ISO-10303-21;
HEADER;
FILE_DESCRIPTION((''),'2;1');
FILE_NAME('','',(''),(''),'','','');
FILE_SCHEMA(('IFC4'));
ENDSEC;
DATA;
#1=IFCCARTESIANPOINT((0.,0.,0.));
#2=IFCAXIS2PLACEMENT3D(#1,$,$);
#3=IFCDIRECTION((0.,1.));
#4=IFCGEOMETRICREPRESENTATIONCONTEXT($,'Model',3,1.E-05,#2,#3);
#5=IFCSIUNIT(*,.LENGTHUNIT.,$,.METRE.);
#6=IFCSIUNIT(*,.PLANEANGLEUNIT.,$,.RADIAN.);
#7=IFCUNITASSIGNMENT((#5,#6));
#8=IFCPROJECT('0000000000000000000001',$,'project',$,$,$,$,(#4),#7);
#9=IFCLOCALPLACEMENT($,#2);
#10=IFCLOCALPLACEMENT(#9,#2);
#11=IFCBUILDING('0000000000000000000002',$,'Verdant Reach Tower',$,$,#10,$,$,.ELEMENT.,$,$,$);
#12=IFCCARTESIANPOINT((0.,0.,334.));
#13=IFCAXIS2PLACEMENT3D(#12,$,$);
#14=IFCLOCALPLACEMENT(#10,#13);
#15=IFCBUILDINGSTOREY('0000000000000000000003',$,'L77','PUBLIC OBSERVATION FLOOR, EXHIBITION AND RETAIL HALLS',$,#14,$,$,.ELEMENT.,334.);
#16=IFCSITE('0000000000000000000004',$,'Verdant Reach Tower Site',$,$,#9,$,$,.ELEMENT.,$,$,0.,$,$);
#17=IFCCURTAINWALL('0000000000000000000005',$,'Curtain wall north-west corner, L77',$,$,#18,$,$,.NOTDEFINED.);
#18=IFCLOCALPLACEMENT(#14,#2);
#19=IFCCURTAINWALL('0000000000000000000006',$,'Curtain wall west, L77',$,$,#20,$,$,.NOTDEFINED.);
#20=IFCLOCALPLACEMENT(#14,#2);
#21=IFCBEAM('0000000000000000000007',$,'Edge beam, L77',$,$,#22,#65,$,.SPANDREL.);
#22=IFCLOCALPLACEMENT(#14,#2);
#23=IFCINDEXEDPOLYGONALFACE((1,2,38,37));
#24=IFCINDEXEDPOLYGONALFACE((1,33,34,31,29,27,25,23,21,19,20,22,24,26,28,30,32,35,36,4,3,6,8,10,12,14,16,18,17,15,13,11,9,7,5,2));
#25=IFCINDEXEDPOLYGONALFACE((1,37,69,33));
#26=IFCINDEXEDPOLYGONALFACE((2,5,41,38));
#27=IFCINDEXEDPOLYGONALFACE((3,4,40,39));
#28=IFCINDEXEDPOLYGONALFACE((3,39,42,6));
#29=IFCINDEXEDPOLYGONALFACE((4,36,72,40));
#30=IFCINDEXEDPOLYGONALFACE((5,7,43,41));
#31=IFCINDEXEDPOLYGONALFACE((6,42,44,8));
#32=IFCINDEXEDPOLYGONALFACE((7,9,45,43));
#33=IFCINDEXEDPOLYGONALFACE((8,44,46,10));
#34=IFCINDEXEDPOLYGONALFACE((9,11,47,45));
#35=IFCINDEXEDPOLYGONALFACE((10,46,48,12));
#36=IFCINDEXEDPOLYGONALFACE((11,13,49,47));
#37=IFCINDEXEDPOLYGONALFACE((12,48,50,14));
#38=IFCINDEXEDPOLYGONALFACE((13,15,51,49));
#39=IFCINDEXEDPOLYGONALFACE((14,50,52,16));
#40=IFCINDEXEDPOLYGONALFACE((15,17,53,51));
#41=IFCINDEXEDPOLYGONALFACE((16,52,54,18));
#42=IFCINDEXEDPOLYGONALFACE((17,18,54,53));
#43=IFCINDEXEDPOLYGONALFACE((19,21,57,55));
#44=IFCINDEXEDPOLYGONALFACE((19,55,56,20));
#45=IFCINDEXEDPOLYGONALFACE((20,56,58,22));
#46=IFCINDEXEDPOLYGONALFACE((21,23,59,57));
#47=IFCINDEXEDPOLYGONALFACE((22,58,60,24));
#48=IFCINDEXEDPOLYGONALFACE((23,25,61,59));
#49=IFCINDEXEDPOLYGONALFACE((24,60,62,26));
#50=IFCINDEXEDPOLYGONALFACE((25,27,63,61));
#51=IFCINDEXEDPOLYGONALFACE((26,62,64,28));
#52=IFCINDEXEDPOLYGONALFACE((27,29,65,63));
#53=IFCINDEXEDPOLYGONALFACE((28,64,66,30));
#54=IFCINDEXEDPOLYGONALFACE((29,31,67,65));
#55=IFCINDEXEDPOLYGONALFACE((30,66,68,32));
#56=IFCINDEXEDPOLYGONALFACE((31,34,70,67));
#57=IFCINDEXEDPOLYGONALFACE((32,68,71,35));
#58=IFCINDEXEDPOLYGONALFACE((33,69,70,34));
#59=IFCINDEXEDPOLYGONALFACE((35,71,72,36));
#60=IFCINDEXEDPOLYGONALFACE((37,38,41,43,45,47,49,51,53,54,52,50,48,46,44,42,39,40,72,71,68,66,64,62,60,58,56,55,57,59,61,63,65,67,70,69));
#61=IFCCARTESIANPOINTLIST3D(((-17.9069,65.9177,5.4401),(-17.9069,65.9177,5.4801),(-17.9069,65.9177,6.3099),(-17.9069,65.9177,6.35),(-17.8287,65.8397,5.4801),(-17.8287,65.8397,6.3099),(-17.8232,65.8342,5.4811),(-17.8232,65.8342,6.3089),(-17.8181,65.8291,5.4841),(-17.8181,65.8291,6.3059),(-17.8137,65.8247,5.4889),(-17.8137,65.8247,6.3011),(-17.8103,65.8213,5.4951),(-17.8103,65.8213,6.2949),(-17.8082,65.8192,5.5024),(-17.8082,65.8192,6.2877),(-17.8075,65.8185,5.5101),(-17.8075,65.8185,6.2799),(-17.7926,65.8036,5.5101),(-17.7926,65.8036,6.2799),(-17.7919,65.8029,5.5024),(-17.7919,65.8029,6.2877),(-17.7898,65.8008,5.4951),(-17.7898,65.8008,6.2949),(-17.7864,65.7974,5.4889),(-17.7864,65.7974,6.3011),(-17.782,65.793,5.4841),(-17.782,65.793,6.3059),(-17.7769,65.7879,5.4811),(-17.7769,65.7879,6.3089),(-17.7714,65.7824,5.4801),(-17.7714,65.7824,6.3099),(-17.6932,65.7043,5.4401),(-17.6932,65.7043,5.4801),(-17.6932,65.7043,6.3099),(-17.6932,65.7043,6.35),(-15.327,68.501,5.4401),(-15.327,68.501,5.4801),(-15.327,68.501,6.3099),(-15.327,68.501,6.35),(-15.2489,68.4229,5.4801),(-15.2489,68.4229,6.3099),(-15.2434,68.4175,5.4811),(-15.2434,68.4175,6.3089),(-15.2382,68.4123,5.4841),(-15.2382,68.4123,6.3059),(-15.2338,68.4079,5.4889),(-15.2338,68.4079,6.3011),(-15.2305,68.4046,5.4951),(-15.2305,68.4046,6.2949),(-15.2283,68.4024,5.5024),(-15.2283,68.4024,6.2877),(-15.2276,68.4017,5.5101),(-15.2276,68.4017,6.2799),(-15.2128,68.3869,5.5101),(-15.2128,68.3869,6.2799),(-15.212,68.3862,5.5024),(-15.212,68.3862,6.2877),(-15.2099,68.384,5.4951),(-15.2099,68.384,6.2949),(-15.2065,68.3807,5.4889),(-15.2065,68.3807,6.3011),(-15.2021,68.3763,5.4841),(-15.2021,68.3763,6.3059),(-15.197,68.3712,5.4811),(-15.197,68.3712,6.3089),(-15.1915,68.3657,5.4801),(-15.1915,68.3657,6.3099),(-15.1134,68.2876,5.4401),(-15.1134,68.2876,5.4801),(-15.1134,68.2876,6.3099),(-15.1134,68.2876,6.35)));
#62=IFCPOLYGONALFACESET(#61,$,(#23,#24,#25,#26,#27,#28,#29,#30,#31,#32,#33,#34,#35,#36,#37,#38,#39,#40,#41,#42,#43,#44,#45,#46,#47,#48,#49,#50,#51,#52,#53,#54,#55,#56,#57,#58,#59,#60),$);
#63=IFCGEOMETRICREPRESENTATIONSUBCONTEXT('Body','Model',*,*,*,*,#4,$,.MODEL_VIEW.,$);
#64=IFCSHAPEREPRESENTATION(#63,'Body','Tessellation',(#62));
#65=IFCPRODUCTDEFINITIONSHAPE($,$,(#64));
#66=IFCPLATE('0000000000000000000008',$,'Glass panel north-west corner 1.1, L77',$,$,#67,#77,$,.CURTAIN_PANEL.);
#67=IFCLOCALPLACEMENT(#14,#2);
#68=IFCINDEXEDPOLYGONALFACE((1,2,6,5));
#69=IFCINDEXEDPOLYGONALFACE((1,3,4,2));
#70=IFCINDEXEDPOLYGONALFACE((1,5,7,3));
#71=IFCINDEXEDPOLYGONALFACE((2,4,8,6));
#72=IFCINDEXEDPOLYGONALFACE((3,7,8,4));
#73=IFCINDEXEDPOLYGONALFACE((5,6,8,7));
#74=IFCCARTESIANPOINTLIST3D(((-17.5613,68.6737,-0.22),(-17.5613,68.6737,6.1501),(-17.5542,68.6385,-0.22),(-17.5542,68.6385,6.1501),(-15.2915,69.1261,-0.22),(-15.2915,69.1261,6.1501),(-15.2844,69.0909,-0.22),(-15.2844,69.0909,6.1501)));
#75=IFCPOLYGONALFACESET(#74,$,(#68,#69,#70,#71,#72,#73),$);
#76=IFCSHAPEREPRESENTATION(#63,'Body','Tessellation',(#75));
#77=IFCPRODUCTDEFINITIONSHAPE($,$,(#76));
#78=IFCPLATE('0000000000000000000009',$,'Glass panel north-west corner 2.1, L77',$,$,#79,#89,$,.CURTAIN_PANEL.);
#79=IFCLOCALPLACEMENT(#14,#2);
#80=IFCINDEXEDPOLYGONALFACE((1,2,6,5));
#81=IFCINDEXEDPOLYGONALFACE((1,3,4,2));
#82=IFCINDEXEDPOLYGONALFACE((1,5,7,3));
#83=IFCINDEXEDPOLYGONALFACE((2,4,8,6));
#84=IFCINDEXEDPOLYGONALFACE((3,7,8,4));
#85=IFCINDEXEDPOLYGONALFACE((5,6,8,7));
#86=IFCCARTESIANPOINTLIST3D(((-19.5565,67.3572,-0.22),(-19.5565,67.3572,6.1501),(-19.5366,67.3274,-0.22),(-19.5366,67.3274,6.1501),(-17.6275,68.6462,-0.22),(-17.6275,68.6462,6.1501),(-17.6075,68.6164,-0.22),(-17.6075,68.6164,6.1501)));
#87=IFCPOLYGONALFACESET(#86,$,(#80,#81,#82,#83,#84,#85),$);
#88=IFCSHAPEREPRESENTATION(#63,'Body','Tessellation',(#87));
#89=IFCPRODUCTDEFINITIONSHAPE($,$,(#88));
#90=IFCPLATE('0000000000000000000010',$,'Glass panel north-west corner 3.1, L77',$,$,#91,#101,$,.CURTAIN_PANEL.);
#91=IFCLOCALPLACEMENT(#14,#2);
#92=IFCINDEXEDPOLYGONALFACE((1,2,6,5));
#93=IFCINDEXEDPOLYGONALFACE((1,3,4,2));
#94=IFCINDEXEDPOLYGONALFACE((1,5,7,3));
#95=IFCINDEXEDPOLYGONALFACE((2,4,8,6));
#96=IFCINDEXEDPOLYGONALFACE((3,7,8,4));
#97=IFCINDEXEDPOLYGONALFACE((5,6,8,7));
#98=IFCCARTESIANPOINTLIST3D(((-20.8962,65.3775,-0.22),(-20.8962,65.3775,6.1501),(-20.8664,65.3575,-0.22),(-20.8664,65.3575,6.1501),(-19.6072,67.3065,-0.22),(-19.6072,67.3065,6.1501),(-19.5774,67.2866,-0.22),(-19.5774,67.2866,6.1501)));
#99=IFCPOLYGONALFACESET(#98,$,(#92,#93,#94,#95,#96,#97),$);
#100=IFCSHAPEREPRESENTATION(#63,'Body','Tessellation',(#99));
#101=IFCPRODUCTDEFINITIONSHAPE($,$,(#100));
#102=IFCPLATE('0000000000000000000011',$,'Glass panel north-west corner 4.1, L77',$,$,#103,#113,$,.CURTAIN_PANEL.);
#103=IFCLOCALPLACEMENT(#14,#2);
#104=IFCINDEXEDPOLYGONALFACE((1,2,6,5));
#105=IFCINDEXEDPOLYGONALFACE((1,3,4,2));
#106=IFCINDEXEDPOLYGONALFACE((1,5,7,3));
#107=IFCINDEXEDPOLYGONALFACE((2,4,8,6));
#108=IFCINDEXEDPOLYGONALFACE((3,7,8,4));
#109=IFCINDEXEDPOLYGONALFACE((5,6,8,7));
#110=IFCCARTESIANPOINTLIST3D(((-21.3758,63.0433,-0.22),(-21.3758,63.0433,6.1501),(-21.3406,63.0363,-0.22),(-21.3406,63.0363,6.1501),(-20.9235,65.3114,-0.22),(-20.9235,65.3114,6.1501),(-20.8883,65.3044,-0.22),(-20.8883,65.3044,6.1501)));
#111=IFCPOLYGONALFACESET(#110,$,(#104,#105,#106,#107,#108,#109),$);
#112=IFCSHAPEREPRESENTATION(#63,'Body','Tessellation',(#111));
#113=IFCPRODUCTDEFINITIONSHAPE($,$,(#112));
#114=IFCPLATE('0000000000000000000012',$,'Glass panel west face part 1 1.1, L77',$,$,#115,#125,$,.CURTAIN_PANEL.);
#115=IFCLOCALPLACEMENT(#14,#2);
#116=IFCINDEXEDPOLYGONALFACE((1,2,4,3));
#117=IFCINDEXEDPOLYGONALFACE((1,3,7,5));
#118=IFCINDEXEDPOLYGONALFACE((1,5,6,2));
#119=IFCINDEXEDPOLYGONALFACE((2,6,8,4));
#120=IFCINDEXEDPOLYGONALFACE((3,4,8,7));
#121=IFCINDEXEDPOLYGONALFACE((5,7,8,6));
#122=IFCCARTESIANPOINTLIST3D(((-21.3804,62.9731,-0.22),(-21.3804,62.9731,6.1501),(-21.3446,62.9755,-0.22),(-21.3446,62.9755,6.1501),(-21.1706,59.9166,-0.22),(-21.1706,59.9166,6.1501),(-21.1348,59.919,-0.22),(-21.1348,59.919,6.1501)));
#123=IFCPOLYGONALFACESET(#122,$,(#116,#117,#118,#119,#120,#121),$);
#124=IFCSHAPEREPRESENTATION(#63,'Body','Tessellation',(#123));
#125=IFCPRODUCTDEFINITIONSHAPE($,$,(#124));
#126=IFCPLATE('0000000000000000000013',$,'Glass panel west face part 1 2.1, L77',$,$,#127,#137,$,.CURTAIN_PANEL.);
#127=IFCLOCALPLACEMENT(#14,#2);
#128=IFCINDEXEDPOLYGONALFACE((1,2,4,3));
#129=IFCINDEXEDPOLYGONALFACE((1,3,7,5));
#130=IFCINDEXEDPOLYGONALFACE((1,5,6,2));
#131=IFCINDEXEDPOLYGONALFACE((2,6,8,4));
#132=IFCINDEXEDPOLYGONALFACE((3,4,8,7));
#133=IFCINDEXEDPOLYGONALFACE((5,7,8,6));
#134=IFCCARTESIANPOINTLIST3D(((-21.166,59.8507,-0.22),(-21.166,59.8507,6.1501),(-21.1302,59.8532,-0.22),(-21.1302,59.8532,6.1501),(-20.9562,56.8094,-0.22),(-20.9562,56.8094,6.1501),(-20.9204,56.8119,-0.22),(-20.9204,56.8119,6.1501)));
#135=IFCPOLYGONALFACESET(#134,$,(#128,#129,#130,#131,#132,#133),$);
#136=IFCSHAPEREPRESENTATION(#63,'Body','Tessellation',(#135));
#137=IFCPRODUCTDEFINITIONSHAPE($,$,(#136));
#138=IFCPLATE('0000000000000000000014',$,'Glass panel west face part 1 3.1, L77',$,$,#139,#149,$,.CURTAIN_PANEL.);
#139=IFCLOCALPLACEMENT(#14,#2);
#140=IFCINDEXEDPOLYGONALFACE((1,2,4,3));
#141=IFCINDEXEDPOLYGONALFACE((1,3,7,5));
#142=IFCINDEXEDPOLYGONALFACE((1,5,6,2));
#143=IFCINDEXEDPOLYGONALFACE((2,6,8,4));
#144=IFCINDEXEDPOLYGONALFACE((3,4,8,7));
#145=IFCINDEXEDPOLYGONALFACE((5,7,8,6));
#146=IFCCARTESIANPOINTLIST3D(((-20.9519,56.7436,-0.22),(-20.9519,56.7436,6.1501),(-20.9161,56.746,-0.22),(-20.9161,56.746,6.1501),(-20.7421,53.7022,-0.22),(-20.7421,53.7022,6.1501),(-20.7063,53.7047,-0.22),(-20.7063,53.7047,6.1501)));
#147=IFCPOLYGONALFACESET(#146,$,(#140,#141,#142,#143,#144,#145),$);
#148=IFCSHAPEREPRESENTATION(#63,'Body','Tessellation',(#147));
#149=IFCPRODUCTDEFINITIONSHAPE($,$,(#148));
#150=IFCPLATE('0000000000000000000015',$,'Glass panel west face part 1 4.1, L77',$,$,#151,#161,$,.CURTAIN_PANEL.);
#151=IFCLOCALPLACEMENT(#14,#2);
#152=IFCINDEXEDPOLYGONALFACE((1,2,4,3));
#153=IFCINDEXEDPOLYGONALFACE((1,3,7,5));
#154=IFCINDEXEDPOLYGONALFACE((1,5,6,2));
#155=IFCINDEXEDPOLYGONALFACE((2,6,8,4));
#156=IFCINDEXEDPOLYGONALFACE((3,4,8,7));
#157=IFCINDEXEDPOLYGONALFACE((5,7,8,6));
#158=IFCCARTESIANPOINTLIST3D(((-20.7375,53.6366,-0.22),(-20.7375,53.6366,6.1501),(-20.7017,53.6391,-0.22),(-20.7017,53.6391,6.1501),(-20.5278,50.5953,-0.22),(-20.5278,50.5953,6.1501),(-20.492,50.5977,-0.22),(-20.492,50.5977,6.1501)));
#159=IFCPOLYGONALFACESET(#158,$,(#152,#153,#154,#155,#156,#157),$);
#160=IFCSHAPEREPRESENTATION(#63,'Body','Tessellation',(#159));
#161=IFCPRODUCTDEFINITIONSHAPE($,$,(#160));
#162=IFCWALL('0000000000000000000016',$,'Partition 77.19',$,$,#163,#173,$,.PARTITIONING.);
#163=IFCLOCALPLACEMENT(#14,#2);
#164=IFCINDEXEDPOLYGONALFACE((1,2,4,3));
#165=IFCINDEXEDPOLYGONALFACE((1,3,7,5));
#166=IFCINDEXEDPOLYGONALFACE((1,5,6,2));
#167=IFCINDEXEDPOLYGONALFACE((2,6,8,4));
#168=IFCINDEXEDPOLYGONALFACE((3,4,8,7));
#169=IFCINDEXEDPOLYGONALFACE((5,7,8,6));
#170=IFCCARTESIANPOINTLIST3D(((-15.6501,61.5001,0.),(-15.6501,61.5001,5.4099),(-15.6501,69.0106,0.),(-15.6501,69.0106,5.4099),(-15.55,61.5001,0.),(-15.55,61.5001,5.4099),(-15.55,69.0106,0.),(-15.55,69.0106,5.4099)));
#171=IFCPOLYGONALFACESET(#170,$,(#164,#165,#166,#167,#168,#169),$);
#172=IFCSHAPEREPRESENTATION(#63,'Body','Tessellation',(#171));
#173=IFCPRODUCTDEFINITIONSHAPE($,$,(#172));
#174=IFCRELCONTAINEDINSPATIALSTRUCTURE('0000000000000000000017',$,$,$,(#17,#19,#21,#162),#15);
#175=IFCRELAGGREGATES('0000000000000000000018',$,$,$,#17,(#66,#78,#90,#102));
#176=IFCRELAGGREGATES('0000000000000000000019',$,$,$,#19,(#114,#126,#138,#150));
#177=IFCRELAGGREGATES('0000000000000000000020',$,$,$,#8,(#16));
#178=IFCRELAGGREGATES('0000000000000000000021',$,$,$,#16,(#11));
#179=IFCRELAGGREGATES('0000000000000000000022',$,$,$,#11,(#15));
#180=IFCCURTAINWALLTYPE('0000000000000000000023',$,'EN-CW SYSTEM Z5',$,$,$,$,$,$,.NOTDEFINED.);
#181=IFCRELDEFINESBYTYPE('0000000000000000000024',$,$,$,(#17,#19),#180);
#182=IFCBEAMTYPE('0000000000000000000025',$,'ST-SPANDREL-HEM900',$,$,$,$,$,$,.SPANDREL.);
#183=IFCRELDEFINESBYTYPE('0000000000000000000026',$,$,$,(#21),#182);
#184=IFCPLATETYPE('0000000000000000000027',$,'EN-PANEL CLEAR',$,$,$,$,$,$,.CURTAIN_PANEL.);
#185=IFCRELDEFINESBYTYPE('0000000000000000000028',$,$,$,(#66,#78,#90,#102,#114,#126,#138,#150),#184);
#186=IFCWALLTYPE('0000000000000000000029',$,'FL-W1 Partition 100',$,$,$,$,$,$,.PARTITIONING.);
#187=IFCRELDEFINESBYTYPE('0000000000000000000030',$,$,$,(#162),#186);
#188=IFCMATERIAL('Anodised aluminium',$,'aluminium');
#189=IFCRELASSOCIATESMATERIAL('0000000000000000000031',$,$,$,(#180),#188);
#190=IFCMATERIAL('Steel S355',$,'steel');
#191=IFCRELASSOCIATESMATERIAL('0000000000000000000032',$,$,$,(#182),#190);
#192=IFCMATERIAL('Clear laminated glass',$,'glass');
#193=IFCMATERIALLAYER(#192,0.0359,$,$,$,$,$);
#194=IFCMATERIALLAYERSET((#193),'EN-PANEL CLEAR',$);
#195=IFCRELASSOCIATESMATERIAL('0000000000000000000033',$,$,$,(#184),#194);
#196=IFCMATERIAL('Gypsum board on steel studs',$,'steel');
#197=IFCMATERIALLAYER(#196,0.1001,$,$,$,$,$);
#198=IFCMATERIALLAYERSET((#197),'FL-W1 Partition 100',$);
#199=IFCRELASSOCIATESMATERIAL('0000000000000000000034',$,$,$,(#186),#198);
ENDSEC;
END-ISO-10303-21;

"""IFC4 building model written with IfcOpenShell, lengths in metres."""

from ifc_helpers import new_model, si_unit, direction, frame, frame_2d, origin, origin_2d, place, context, subcontext, project, spatial, rectangle, i_section, extrude, material, layer, layer_set, material_profile, profile_set, type_object, element, aggregate, save


model = new_model("IFC4")

# Units and contexts
model_context = context("Model", 3, precision=1e-05, world=origin(), true_north=direction((0.0, 1.0)))
body_context = subcontext(model_context, "Body", "Model", "MODEL_VIEW")
ifc_project = project(units=[si_unit("LENGTHUNIT", "METRE"), si_unit("PLANEANGLEUNIT", "RADIAN")], contexts=[model_context])

# Site, building, storey
site_placement = place(None, origin())
site = spatial("IfcSite", under=ifc_project, at=site_placement, Name="Verdant Reach Tower Site", CompositionType="ELEMENT", RefElevation=0.0)
building_placement = place(site_placement, origin())
building = spatial("IfcBuilding", under=site, at=building_placement, Name="Verdant Reach Tower", CompositionType="ELEMENT")
storey_placement = place(building_placement, frame((0.0, 0.0, 334.0)))
storey = spatial("IfcBuildingStorey", under=building, at=storey_placement, Name="L77", Description="PUBLIC OBSERVATION FLOOR, EXHIBITION AND RETAIL HALLS", CompositionType="ELEMENT", Elevation=334.0)

# Curtain walls
ifc_material_1 = material(Name="Anodised aluminium", Category="aluminium")
curtain_wall_type = type_object("IfcCurtainWallType", Name="EN-CW SYSTEM Z5", PredefinedType="NOTDEFINED", material=ifc_material_1)
curtain_wall_1_placement = place(storey_placement, origin())
curtain_wall_1 = element("IfcCurtainWall", 1, at=curtain_wall_1_placement, inside=storey, type_object=curtain_wall_type, Name="Curtain wall north-west corner, L77", PredefinedType="NOTDEFINED")
curtain_wall_2_placement = place(storey_placement, origin())
curtain_wall_2 = element("IfcCurtainWall", 2, at=curtain_wall_2_placement, inside=storey, type_object=curtain_wall_type, Name="Curtain wall west, L77", PredefinedType="NOTDEFINED")

# Beam
ifc_material_2 = material(Name="Steel S355", Category="steel")
ifc_material_profile_1 = material_profile(ifc_material_2, i_section(OverallWidth=0.302, OverallDepth=0.9099, WebThickness=0.021, FlangeThickness=0.04, FilletRadius=0.03, at=origin_2d()), Name="HEM 900")
ifc_profile_set_1 = profile_set([ifc_material_profile_1], Name="Steel S355")
beam_type = type_object("IfcBeamType", Name="ST-SPANDREL-HEM900", PredefinedType="SPANDREL", material=ifc_profile_set_1)
beam_1_placement = place(storey_placement, frame((-17.8, 65.811, 5.895), z_axis=(0.706639, 0.707575, 0.0), x_axis=(-0.707575, 0.706639, 0.0)))
element("IfcBeam", 3, at=beam_1_placement, inside=storey, type_object=beam_type, Name="Edge beam, L77", PredefinedType="SPANDREL", context=body_context, shape_type="SweptSolid", body=[
    extrude(i_section(OverallWidth=0.302, OverallDepth=0.9099, WebThickness=0.021, FlangeThickness=0.04, FilletRadius=0.03, at=origin_2d()), origin(), (0.0, 0.0, 1.0), 3.6509),
])

# Plates
ifc_material_3 = material(Name="Clear laminated glass", Category="glass")
ifc_layer_1 = layer(ifc_material_3, 0.0359)
ifc_layer_set_1 = layer_set([ifc_layer_1], Name="EN-PANEL CLEAR")
plate_type = type_object("IfcPlateType", Name="EN-PANEL CLEAR", PredefinedType="CURTAIN_PANEL", material=ifc_layer_set_1)
plate_1_placement = place(storey_placement, frame((-16.4229, 68.8823, -0.22), z_axis=(0.0, 0.0, 1.0), x_axis=(-0.980708, -0.195479, 0.0)))
plate_1 = element("IfcPlate", 4, at=plate_1_placement, type_object=plate_type, Name="Glass panel north-west corner 1.1, L77", PredefinedType="CURTAIN_PANEL", context=body_context, shape_type="SweptSolid", body=[
    extrude(rectangle(XDim=2.3145, YDim=0.0359, at=origin_2d()), origin(), (0.0, 0.0, 1.0), 6.3701),
])
plate_2_placement = place(storey_placement, frame((-18.582, 67.9868, -0.22), z_axis=(0.0, 0.0, 1.0), x_axis=(-0.831452, -0.555596, 0.0)))
plate_2 = element("IfcPlate", 5, at=plate_2_placement, type_object=plate_type, Name="Glass panel north-west corner 2.1, L77", PredefinedType="CURTAIN_PANEL", context=body_context, shape_type="SweptSolid", body=[
    extrude(rectangle(XDim=2.3201, YDim=0.0359, at=origin_2d()), origin(), (0.0, 0.0, 1.0), 6.3701),
])
plate_3_placement = place(storey_placement, frame((-20.2368, 66.332, -0.22), z_axis=(0.0, 0.0, 1.0), x_axis=(-0.555596, -0.831452, 0.0)))
plate_3 = element("IfcPlate", 6, at=plate_3_placement, type_object=plate_type, Name="Glass panel north-west corner 3.1, L77", PredefinedType="CURTAIN_PANEL", context=body_context, shape_type="SweptSolid", body=[
    extrude(rectangle(XDim=2.3201, YDim=0.0359, at=origin_2d()), origin(), (0.0, 0.0, 1.0), 6.3701),
])
plate_4_placement = place(storey_placement, frame((-21.1321, 64.1738, -0.22), z_axis=(0.0, 0.0, 1.0), x_axis=(-0.195576, -0.980689, 0.0)))
plate_4 = element("IfcPlate", 7, at=plate_4_placement, type_object=plate_type, Name="Glass panel north-west corner 4.1, L77", PredefinedType="CURTAIN_PANEL", context=body_context, shape_type="SweptSolid", body=[
    extrude(rectangle(XDim=2.3127, YDim=0.0359, at=origin_2d()), origin(), (0.0, 0.0, 1.0), 6.3701),
])
aggregate(curtain_wall_1, [plate_1, plate_2, plate_3, plate_4])
plate_5_placement = place(storey_placement, frame((-21.2576, 61.446, -0.22), z_axis=(0.0, 0.0, 1.0), x_axis=(0.06848, -0.997652, 0.0)))
plate_5 = element("IfcPlate", 8, at=plate_5_placement, type_object=plate_type, Name="Glass panel west face part 1 1.1, L77", PredefinedType="CURTAIN_PANEL", context=body_context, shape_type="SweptSolid", body=[
    extrude(rectangle(XDim=3.0637, YDim=0.0359, at=origin_2d()), origin(), (0.0, 0.0, 1.0), 6.3701),
])
plate_6_placement = place(storey_placement, frame((-21.0432, 58.3313, -0.22), z_axis=(0.0, 0.0, 1.0), x_axis=(0.068802, -0.99763, 0.0)))
plate_6 = element("IfcPlate", 9, at=plate_6_placement, type_object=plate_type, Name="Glass panel west face part 1 2.1, L77", PredefinedType="CURTAIN_PANEL", context=body_context, shape_type="SweptSolid", body=[
    extrude(rectangle(XDim=3.0486, YDim=0.0359, at=origin_2d()), origin(), (0.0, 0.0, 1.0), 6.3701),
])
plate_7_placement = place(storey_placement, frame((-20.8291, 55.2241, -0.22), z_axis=(0.0, 0.0, 1.0), x_axis=(0.068802, -0.99763, 0.0)))
plate_7 = element("IfcPlate", 10, at=plate_7_placement, type_object=plate_type, Name="Glass panel west face part 1 3.1, L77", PredefinedType="CURTAIN_PANEL", context=body_context, shape_type="SweptSolid", body=[
    extrude(rectangle(XDim=3.0486, YDim=0.0359, at=origin_2d()), origin(), (0.0, 0.0, 1.0), 6.3701),
])
plate_8_placement = place(storey_placement, frame((-20.6147, 52.1172, -0.22), z_axis=(0.0, 0.0, 1.0), x_axis=(0.068802, -0.99763, 0.0)))
plate_8 = element("IfcPlate", 11, at=plate_8_placement, type_object=plate_type, Name="Glass panel west face part 1 4.1, L77", PredefinedType="CURTAIN_PANEL", context=body_context, shape_type="SweptSolid", body=[
    extrude(rectangle(XDim=3.0486, YDim=0.0359, at=origin_2d()), origin(), (0.0, 0.0, 1.0), 6.3701),
])
aggregate(curtain_wall_2, [plate_5, plate_6, plate_7, plate_8])

# Wall
ifc_material_4 = material(Name="Gypsum board on steel studs", Category="steel")
ifc_layer_2 = layer(ifc_material_4, 0.1001)
ifc_layer_set_2 = layer_set([ifc_layer_2], Name="FL-W1 Partition 100")
wall_type = type_object("IfcWallType", Name="FL-W1 Partition 100", PredefinedType="PARTITIONING", material=ifc_layer_set_2)
wall_placement = place(storey_placement, frame((-15.6001, 61.5, 0.0), z_axis=(0.0, 0.0, 1.0), x_axis=(0.0, 1.0, 0.0)))
element("IfcWall", 12, at=wall_placement, inside=storey, type_object=wall_type, Name="Partition 77.19", PredefinedType="PARTITIONING", context=body_context, shape_type="SweptSolid", body=[
    extrude(rectangle(XDim=7.5105, YDim=0.1001, at=frame_2d((3.7554, 0.0))), origin(), (0.0, 0.0, 1.0), 5.4099),
])

save(model, "model.ifc")
